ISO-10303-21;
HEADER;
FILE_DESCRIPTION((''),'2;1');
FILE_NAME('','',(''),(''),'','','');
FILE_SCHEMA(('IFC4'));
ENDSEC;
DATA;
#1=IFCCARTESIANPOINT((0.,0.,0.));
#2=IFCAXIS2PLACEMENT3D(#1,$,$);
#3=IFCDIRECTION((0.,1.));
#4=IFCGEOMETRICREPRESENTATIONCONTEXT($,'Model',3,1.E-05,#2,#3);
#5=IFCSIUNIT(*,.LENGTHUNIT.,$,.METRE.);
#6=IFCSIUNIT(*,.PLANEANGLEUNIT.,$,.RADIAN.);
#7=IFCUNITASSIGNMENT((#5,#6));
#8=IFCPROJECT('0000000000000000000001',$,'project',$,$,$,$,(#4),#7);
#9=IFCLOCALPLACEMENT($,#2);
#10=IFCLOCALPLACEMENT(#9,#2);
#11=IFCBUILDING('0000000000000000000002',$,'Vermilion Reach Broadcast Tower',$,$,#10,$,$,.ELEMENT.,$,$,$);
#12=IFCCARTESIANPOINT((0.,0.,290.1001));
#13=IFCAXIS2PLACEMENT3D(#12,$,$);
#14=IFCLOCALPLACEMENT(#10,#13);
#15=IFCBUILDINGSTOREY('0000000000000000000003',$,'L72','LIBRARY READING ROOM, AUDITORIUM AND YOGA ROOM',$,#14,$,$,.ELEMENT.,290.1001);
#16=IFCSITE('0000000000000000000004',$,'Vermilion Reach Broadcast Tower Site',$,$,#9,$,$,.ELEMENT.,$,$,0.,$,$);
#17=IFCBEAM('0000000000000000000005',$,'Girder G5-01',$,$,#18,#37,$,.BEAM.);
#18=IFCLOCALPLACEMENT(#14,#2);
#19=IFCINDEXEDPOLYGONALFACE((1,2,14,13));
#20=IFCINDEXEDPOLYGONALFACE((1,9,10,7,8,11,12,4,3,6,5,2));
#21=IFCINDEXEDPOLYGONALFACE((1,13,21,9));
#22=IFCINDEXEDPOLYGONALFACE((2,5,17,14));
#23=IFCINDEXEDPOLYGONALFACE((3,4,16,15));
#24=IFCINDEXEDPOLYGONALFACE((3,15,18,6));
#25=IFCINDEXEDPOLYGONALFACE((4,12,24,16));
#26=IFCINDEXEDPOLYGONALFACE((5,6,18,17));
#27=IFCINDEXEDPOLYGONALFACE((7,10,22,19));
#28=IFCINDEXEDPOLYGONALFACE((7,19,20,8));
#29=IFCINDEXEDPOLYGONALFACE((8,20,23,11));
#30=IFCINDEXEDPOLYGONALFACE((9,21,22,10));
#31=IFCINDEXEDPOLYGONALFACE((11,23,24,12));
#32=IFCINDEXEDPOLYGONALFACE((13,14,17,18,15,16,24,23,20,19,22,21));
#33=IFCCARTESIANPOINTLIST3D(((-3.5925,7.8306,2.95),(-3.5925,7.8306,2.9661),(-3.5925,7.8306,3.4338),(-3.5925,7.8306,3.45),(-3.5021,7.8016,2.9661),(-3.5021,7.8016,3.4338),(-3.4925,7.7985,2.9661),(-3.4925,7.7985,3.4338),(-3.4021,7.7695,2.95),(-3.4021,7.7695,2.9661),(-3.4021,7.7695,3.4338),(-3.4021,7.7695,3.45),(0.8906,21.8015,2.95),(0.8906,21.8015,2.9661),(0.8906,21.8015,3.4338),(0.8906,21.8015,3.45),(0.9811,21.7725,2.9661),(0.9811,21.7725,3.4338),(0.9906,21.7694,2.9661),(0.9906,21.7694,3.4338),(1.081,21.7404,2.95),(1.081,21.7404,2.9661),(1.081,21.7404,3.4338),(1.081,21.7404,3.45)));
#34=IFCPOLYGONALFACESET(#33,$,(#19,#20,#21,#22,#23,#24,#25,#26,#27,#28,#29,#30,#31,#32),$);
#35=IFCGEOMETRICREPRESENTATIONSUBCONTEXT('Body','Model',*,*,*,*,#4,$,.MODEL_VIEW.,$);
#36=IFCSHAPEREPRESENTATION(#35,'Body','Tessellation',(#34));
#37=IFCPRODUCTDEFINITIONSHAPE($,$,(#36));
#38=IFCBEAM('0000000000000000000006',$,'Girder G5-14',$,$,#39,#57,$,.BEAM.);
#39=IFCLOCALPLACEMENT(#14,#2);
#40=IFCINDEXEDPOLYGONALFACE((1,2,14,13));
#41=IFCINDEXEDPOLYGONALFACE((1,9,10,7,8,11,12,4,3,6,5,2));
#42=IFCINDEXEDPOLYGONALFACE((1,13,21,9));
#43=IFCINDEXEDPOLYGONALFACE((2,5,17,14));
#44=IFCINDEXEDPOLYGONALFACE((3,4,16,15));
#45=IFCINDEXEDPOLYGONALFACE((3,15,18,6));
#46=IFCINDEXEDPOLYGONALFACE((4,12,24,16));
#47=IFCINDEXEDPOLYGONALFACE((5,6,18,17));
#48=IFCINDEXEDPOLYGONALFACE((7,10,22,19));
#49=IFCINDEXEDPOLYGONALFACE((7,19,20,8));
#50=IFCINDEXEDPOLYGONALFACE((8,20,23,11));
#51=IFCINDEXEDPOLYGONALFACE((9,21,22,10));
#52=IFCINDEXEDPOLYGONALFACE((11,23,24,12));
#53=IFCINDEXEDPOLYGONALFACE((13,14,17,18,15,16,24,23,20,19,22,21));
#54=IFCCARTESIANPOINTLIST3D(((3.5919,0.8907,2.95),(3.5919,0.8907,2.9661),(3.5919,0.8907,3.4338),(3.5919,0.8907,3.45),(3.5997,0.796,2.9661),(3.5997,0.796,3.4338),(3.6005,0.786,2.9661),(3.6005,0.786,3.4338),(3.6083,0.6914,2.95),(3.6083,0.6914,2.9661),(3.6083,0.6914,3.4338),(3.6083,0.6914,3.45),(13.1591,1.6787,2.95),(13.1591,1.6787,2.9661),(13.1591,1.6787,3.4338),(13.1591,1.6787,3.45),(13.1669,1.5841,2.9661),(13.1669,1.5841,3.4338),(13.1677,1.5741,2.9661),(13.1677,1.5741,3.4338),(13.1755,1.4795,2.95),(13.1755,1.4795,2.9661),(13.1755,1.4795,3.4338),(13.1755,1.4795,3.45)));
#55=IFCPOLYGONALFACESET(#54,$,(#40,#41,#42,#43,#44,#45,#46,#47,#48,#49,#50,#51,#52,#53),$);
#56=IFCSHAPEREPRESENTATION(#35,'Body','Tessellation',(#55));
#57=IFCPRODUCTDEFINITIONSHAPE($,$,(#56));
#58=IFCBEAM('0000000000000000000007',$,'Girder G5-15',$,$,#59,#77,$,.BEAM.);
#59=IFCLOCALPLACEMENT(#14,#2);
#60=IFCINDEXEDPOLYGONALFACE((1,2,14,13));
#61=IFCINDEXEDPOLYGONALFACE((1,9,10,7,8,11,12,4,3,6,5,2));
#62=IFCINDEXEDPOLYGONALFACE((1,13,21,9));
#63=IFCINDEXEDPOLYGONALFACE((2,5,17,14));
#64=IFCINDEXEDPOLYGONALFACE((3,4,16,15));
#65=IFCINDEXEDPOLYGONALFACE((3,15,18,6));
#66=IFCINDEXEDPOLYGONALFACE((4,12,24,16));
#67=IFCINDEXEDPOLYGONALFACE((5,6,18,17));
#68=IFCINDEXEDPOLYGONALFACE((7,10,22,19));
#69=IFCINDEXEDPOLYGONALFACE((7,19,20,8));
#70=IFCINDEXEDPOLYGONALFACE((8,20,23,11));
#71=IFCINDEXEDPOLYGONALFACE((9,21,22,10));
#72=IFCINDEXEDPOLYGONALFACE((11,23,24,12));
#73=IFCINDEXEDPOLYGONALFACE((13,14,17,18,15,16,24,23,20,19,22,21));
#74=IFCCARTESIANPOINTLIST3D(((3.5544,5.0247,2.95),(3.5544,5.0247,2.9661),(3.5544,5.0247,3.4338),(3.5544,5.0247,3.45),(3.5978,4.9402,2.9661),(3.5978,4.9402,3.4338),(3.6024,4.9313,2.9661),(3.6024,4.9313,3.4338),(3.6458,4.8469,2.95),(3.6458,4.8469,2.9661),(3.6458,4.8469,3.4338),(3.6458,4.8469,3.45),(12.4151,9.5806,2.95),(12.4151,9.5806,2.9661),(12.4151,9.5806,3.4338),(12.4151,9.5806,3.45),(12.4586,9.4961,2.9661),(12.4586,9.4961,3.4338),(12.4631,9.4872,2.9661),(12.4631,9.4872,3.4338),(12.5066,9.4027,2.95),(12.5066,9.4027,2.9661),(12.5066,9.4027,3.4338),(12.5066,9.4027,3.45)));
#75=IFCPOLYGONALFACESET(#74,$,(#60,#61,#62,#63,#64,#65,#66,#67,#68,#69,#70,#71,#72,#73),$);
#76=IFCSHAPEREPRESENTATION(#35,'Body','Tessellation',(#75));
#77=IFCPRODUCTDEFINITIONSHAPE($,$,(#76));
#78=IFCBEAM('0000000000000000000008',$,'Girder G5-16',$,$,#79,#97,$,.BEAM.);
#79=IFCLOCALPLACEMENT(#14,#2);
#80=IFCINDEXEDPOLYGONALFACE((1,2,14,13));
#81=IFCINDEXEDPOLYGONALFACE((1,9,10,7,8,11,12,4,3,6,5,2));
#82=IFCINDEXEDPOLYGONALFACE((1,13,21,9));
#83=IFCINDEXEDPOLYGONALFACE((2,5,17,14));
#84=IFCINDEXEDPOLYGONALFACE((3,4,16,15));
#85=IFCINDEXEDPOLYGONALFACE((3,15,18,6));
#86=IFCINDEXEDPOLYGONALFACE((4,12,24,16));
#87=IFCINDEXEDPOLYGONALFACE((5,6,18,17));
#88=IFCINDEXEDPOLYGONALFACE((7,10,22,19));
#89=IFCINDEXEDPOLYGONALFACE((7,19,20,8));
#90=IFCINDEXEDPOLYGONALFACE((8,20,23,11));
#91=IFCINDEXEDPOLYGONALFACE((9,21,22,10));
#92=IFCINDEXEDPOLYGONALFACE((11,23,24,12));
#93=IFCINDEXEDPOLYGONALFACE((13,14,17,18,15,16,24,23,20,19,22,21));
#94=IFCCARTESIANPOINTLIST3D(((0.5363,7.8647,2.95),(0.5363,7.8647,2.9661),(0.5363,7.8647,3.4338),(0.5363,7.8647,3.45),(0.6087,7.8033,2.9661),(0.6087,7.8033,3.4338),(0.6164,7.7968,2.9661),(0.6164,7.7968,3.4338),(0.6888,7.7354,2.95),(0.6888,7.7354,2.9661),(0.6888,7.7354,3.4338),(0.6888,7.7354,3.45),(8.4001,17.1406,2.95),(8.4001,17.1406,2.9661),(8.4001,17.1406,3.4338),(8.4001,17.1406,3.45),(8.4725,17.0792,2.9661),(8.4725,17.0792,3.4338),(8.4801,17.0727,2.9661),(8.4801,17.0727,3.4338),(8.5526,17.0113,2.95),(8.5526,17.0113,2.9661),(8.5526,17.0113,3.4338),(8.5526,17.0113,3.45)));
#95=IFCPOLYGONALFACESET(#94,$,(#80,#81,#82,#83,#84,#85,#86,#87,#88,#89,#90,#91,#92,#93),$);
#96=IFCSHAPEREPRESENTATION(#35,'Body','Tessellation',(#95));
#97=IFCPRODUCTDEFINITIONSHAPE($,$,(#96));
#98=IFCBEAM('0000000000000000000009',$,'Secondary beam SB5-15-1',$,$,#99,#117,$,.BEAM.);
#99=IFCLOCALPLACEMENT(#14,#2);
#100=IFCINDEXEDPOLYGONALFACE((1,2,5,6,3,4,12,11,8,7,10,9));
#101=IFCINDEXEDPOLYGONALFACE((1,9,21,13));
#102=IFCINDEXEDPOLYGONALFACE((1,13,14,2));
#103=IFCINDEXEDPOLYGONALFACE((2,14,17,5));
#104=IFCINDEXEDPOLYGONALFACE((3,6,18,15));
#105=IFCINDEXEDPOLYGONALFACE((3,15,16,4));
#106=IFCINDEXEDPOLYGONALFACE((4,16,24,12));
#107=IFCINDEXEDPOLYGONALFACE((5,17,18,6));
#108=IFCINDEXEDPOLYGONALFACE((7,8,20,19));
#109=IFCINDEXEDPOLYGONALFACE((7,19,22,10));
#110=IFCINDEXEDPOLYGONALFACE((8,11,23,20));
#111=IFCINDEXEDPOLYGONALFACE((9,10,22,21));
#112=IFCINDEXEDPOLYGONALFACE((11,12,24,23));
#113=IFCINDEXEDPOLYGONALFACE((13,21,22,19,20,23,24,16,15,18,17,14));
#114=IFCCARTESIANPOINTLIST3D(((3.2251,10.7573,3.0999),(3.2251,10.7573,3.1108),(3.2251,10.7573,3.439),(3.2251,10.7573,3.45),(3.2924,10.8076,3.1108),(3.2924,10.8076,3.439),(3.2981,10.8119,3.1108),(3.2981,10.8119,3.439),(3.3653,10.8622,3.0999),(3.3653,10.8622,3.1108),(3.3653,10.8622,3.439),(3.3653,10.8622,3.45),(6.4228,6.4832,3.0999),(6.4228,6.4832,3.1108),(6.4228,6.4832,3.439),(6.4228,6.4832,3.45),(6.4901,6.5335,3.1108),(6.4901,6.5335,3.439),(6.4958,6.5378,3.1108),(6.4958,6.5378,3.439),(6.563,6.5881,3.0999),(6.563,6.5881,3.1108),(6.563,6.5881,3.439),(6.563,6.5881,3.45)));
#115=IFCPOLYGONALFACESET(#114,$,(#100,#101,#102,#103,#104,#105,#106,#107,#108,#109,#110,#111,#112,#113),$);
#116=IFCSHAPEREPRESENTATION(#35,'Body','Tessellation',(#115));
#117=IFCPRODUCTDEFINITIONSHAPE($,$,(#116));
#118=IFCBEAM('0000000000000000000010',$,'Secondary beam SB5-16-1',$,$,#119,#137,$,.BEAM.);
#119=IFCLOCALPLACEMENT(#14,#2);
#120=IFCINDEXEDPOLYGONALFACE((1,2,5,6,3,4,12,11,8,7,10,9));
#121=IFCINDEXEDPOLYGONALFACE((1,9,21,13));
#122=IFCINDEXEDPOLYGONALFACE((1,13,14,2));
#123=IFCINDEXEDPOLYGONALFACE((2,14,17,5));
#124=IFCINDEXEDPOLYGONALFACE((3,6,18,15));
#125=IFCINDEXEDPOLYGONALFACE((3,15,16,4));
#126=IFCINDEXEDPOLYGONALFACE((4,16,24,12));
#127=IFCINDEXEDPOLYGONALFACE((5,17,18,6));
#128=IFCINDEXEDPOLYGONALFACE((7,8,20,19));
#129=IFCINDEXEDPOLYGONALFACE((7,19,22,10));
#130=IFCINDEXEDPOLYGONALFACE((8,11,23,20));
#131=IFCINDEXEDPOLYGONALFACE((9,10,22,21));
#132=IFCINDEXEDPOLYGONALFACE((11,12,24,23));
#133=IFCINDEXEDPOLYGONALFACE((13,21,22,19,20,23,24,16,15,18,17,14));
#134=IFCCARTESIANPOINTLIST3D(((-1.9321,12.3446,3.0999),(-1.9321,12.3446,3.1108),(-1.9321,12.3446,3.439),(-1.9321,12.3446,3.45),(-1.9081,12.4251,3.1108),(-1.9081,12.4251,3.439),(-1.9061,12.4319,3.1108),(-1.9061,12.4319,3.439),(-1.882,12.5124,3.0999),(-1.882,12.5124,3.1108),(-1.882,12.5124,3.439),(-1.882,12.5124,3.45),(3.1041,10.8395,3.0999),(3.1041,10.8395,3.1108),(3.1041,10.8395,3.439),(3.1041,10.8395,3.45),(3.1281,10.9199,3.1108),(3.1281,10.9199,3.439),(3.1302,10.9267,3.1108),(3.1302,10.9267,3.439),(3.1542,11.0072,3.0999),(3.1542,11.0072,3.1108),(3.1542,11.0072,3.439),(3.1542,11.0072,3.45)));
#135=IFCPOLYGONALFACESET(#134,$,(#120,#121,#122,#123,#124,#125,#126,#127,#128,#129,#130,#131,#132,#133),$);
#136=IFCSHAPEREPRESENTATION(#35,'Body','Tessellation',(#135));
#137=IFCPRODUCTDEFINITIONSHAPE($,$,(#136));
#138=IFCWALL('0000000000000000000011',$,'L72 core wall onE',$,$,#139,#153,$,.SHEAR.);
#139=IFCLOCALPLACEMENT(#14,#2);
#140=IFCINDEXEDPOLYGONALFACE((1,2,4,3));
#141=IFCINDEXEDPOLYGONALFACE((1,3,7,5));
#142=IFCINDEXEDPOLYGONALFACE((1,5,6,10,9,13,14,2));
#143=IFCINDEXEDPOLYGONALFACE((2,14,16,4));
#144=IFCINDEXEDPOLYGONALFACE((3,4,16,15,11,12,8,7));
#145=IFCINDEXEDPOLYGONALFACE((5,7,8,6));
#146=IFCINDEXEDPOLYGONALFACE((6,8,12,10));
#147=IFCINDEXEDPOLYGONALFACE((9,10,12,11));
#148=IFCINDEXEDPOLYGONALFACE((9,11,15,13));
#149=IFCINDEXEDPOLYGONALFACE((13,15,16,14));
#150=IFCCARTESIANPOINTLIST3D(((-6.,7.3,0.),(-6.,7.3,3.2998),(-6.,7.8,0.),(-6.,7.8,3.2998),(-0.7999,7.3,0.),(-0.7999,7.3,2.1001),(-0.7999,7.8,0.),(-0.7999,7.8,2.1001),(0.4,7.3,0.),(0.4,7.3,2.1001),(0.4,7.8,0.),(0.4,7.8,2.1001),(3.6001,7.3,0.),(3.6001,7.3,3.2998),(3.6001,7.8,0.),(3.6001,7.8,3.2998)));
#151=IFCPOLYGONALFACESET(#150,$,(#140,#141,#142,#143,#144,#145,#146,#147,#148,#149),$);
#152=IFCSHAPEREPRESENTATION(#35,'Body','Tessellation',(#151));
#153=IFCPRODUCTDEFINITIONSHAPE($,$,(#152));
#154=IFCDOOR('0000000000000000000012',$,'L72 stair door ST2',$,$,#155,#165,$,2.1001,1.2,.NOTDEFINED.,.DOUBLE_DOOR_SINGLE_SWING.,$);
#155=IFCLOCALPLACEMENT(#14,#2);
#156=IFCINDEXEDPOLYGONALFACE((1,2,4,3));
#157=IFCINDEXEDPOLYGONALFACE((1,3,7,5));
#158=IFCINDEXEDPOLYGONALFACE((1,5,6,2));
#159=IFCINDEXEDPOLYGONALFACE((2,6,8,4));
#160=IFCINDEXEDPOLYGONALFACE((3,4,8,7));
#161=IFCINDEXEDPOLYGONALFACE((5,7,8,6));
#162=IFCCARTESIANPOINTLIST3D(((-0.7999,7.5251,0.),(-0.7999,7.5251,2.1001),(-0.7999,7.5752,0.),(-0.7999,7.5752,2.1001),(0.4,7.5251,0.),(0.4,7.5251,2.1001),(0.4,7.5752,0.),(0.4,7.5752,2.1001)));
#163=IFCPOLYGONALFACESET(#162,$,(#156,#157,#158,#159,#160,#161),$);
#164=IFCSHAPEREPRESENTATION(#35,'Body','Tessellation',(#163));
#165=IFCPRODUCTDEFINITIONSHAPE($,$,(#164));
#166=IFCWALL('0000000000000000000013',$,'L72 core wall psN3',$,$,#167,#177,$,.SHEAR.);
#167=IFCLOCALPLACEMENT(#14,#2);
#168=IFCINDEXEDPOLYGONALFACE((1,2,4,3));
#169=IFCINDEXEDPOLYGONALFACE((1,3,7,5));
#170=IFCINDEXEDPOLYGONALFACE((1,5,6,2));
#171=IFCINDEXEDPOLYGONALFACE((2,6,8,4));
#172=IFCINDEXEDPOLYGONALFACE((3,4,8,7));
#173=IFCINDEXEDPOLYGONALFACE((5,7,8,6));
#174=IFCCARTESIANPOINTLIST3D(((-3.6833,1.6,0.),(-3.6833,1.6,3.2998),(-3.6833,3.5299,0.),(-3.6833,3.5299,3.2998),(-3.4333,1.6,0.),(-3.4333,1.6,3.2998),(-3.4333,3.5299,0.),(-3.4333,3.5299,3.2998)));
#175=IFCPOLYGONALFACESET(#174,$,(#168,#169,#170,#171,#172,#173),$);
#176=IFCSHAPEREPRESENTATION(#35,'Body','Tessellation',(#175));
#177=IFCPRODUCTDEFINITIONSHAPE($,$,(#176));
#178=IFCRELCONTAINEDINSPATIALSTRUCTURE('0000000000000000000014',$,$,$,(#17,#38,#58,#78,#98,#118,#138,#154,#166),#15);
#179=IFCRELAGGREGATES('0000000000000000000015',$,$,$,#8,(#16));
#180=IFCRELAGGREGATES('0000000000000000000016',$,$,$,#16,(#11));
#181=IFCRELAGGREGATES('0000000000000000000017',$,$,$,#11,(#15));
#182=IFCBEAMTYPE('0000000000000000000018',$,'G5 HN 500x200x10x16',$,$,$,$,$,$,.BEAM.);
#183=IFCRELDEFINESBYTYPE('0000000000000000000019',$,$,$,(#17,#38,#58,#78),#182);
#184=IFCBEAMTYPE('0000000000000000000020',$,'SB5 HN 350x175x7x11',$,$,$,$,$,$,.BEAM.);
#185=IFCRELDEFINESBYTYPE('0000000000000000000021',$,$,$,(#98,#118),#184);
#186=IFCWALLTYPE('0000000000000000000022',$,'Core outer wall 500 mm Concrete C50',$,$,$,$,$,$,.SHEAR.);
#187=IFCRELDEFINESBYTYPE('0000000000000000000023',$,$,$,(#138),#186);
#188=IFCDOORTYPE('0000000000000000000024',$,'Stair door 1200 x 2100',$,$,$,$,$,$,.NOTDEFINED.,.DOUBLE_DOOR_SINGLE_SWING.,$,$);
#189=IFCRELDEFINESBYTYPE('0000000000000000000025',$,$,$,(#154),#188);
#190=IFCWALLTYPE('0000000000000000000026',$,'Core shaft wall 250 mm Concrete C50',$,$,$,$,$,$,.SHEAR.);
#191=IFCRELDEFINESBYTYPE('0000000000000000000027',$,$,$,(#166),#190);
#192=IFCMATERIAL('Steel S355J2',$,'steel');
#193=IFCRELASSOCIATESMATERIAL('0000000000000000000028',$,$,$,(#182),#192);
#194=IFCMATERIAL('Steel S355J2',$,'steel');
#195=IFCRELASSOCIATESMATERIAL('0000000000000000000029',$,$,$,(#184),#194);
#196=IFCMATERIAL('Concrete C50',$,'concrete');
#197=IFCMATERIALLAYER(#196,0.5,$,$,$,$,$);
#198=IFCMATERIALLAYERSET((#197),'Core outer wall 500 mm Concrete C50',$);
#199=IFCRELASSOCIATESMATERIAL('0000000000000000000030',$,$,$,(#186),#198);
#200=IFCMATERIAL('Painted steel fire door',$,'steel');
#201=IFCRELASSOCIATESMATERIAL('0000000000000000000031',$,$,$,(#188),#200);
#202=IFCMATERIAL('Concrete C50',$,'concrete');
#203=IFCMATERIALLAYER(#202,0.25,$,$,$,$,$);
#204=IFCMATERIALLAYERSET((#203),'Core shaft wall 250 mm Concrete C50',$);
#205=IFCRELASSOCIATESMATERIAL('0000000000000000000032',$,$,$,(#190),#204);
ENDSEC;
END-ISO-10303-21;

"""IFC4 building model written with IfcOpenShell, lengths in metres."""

from ifc_helpers import new_model, si_unit, direction, frame, frame_2d, origin, origin_2d, place, context, subcontext, project, spatial, rectangle, i_section, extrude, material, layer, layer_set, material_profile, profile_set, type_object, element, fill, save


model = new_model("IFC4")

# Units and contexts
model_context = context("Model", 3, precision=1e-05, world=origin(), true_north=direction((0.0, 1.0)))
body_context = subcontext(model_context, "Body", "Model", "MODEL_VIEW")
ifc_project = project(units=[si_unit("LENGTHUNIT", "METRE"), si_unit("PLANEANGLEUNIT", "RADIAN")], contexts=[model_context])

# Site, building, storey
site_placement = place(None, origin())
site = spatial("IfcSite", under=ifc_project, at=site_placement, Name="Vermilion Reach Broadcast Tower Site", CompositionType="ELEMENT", RefElevation=0.0)
building_placement = place(site_placement, origin())
building = spatial("IfcBuilding", under=site, at=building_placement, Name="Vermilion Reach Broadcast Tower", CompositionType="ELEMENT")
storey_placement = place(building_placement, frame((0.0, 0.0, 290.1001)))
storey = spatial("IfcBuildingStorey", under=building, at=storey_placement, Name="L72", Description="LIBRARY READING ROOM, AUDITORIUM AND YOGA ROOM", CompositionType="ELEMENT", Elevation=290.1001)

# Beams
ifc_material_1 = material(Name="Steel S355J2", Category="steel")
ifc_material_profile_1 = material_profile(ifc_material_1, i_section(OverallWidth=0.2, OverallDepth=0.5, WebThickness=0.01, FlangeThickness=0.0161, at=origin_2d()), Name="S355J2 HN 500x200x10x16")
ifc_profile_set_1 = profile_set([ifc_material_profile_1], Name="Steel S355J2")
beam_type_1 = type_object("IfcBeamType", Name="G5 HN 500x200x10x16", PredefinedType="BEAM", material=ifc_profile_set_1)
beam_1_placement = place(storey_placement, frame((-3.4973, 7.8, 3.2), z_axis=(0.305545, 0.952178, 0.0), x_axis=(-0.952178, 0.305545, 0.0)))
element("IfcBeam", 1, at=beam_1_placement, inside=storey, type_object=beam_type_1, Name="Girder G5-01", PredefinedType="BEAM", context=body_context, shape_type="SweptSolid", body=[
    extrude(i_section(OverallWidth=0.2, OverallDepth=0.5, WebThickness=0.01, FlangeThickness=0.0161, at=origin_2d()), origin(), (0.0, 0.0, 1.0), 14.6726),
])
beam_2_placement = place(storey_placement, frame((3.6001, 0.791, 3.2), z_axis=(0.996624, 0.082096, 0.0), x_axis=(-0.082096, 0.996624, 0.0)))
element("IfcBeam", 2, at=beam_2_placement, inside=storey, type_object=beam_type_1, Name="Girder G5-14", PredefinedType="BEAM", context=body_context, shape_type="SweptSolid", body=[
    extrude(i_section(OverallWidth=0.2, OverallDepth=0.5, WebThickness=0.01, FlangeThickness=0.0161, at=origin_2d()), origin(), (0.0, 0.0, 1.0), 9.5996),
])
beam_3_placement = place(storey_placement, frame((3.6001, 4.9358, 3.2), z_axis=(0.889333, 0.457261, 0.0), x_axis=(-0.457261, 0.889333, 0.0)))
element("IfcBeam", 3, at=beam_3_placement, inside=storey, type_object=beam_type_1, Name="Girder G5-15", PredefinedType="BEAM", context=body_context, shape_type="SweptSolid", body=[
    extrude(i_section(OverallWidth=0.2, OverallDepth=0.5, WebThickness=0.01, FlangeThickness=0.0161, at=origin_2d()), origin(), (0.0, 0.0, 1.0), 9.9634),
])
beam_4_placement = place(storey_placement, frame((0.6125, 7.8, 3.2), z_axis=(0.646658, 0.76278, 0.0), x_axis=(-0.76278, 0.646658, 0.0)))
element("IfcBeam", 4, at=beam_4_placement, inside=storey, type_object=beam_type_1, Name="Girder G5-16", PredefinedType="BEAM", context=body_context, shape_type="SweptSolid", body=[
    extrude(i_section(OverallWidth=0.2, OverallDepth=0.5, WebThickness=0.01, FlangeThickness=0.0161, at=origin_2d()), origin(), (0.0, 0.0, 1.0), 12.1606),
])
ifc_material_2 = material(Name="Steel S355J2", Category="steel")
ifc_material_profile_2 = material_profile(ifc_material_2, i_section(OverallWidth=0.175, OverallDepth=0.3501, WebThickness=0.0071, FlangeThickness=0.011, at=origin_2d()), Name="S355J2 HN 350x175x7x11")
ifc_profile_set_2 = profile_set([ifc_material_profile_2], Name="Steel S355J2")
beam_type_2 = type_object("IfcBeamType", Name="SB5 HN 350x175x7x11", PredefinedType="BEAM", material=ifc_profile_set_2)
beam_5_placement = place(storey_placement, frame((6.4929, 6.5356, 3.2749), z_axis=(-0.599056, 0.800707, 0.0), x_axis=(-0.800707, -0.599056, 0.0)))
element("IfcBeam", 5, at=beam_5_placement, inside=storey, type_object=beam_type_2, Name="Secondary beam SB5-15-1", PredefinedType="BEAM", context=body_context, shape_type="SweptSolid", body=[
    extrude(i_section(OverallWidth=0.175, OverallDepth=0.3501, WebThickness=0.0071, FlangeThickness=0.011, at=origin_2d()), origin(), (0.0, 0.0, 1.0), 5.3379),
])
beam_6_placement = place(storey_placement, frame((3.1292, 10.9233, 3.2749), z_axis=(-0.958125, 0.286351, 0.0), x_axis=(-0.286351, -0.958125, 0.0)))
element("IfcBeam", 6, at=beam_6_placement, inside=storey, type_object=beam_type_2, Name="Secondary beam SB5-16-1", PredefinedType="BEAM", context=body_context, shape_type="SweptSolid", body=[
    extrude(i_section(OverallWidth=0.175, OverallDepth=0.3501, WebThickness=0.0071, FlangeThickness=0.011, at=origin_2d()), origin(), (0.0, 0.0, 1.0), 5.2563),
])

# Wall, opening, door
ifc_material_3 = material(Name="Concrete C50", Category="concrete")
ifc_layer_1 = layer(ifc_material_3, 0.5)
ifc_layer_set_1 = layer_set([ifc_layer_1], Name="Core outer wall 500 mm Concrete C50")
wall_type_1 = type_object("IfcWallType", Name="Core outer wall 500 mm Concrete C50", PredefinedType="SHEAR", material=ifc_layer_set_1)
wall_placement = place(storey_placement, frame((3.6001, 7.55, 0.0), z_axis=(0.0, 0.0, 1.0), x_axis=(-1.0, 0.0, 0.0)))
wall = element("IfcWall", 7, at=wall_placement, inside=storey, type_object=wall_type_1, Name="L72 core wall onE", PredefinedType="SHEAR", context=body_context, shape_type="SweptSolid", body=[
    extrude(rectangle(XDim=9.6001, YDim=0.5, at=frame_2d((4.8, 0.0))), origin(), (0.0, 0.0, 1.0), 3.2998),
])
opening_placement = place(wall_placement, frame((3.2, 0.0, 0.0)))
opening = element("IfcOpeningElement", 8, at=opening_placement, cuts=wall, PredefinedType="OPENING", context=body_context, shape_type="SweptSolid", body=[
    extrude(rectangle(XDim=1.2, YDim=2.1001, at=frame_2d((0.6001, 1.05))), frame((0.0, 0.26, 0.0), z_axis=(0.0, -1.0, 0.0), x_axis=(1.0, 0.0, 0.0)), (0.0, 0.0, 1.0), 0.52),
])
ifc_material_4 = material(Name="Painted steel fire door", Category="steel")
door_type = type_object("IfcDoorType", Name="Stair door 1200 x 2100", OperationType="DOUBLE_DOOR_SINGLE_SWING", PredefinedType="NOTDEFINED", material=ifc_material_4)
door_placement = place(opening_placement, origin())
door = element("IfcDoor", 9, at=door_placement, inside=storey, type_object=door_type, Name="L72 stair door ST2", OperationType="DOUBLE_DOOR_SINGLE_SWING", OverallHeight=2.1001, OverallWidth=1.2, PredefinedType="NOTDEFINED", context=body_context, shape_type="SweptSolid", body=[
    extrude(rectangle(XDim=1.2, YDim=2.1001, at=frame_2d((0.6001, 1.05))), frame((0.0, 0.0249, 0.0), z_axis=(0.0, -1.0, 0.0), x_axis=(1.0, 0.0, 0.0)), (0.0, 0.0, 1.0), 0.05),
])
fill(opening, door)

# Wall
ifc_material_5 = material(Name="Concrete C50", Category="concrete")
ifc_layer_2 = layer(ifc_material_5, 0.25)
ifc_layer_set_2 = layer_set([ifc_layer_2], Name="Core shaft wall 250 mm Concrete C50")
wall_type_2 = type_object("IfcWallType", Name="Core shaft wall 250 mm Concrete C50", PredefinedType="SHEAR", material=ifc_layer_set_2)
for number, where, z_axis, x_axis, name in (
    (10, (-3.5583, 1.6001, 0.0), (0.0, 0.0, 1.0), (0.0, 1.0, 0.0), "L72 core wall psN3"),
):
    element("IfcWall", number, at=place(storey_placement, frame(where, z_axis=z_axis, x_axis=x_axis)), inside=storey, type_object=wall_type_2, Name=name, PredefinedType="SHEAR", context=body_context, shape_type="SweptSolid", body=[
        extrude(rectangle(XDim=1.9299, YDim=0.25, at=frame_2d((0.9648, 0.0))), origin(), (0.0, 0.0, 1.0), 3.2998),
    ])

save(model, "model.ifc")
